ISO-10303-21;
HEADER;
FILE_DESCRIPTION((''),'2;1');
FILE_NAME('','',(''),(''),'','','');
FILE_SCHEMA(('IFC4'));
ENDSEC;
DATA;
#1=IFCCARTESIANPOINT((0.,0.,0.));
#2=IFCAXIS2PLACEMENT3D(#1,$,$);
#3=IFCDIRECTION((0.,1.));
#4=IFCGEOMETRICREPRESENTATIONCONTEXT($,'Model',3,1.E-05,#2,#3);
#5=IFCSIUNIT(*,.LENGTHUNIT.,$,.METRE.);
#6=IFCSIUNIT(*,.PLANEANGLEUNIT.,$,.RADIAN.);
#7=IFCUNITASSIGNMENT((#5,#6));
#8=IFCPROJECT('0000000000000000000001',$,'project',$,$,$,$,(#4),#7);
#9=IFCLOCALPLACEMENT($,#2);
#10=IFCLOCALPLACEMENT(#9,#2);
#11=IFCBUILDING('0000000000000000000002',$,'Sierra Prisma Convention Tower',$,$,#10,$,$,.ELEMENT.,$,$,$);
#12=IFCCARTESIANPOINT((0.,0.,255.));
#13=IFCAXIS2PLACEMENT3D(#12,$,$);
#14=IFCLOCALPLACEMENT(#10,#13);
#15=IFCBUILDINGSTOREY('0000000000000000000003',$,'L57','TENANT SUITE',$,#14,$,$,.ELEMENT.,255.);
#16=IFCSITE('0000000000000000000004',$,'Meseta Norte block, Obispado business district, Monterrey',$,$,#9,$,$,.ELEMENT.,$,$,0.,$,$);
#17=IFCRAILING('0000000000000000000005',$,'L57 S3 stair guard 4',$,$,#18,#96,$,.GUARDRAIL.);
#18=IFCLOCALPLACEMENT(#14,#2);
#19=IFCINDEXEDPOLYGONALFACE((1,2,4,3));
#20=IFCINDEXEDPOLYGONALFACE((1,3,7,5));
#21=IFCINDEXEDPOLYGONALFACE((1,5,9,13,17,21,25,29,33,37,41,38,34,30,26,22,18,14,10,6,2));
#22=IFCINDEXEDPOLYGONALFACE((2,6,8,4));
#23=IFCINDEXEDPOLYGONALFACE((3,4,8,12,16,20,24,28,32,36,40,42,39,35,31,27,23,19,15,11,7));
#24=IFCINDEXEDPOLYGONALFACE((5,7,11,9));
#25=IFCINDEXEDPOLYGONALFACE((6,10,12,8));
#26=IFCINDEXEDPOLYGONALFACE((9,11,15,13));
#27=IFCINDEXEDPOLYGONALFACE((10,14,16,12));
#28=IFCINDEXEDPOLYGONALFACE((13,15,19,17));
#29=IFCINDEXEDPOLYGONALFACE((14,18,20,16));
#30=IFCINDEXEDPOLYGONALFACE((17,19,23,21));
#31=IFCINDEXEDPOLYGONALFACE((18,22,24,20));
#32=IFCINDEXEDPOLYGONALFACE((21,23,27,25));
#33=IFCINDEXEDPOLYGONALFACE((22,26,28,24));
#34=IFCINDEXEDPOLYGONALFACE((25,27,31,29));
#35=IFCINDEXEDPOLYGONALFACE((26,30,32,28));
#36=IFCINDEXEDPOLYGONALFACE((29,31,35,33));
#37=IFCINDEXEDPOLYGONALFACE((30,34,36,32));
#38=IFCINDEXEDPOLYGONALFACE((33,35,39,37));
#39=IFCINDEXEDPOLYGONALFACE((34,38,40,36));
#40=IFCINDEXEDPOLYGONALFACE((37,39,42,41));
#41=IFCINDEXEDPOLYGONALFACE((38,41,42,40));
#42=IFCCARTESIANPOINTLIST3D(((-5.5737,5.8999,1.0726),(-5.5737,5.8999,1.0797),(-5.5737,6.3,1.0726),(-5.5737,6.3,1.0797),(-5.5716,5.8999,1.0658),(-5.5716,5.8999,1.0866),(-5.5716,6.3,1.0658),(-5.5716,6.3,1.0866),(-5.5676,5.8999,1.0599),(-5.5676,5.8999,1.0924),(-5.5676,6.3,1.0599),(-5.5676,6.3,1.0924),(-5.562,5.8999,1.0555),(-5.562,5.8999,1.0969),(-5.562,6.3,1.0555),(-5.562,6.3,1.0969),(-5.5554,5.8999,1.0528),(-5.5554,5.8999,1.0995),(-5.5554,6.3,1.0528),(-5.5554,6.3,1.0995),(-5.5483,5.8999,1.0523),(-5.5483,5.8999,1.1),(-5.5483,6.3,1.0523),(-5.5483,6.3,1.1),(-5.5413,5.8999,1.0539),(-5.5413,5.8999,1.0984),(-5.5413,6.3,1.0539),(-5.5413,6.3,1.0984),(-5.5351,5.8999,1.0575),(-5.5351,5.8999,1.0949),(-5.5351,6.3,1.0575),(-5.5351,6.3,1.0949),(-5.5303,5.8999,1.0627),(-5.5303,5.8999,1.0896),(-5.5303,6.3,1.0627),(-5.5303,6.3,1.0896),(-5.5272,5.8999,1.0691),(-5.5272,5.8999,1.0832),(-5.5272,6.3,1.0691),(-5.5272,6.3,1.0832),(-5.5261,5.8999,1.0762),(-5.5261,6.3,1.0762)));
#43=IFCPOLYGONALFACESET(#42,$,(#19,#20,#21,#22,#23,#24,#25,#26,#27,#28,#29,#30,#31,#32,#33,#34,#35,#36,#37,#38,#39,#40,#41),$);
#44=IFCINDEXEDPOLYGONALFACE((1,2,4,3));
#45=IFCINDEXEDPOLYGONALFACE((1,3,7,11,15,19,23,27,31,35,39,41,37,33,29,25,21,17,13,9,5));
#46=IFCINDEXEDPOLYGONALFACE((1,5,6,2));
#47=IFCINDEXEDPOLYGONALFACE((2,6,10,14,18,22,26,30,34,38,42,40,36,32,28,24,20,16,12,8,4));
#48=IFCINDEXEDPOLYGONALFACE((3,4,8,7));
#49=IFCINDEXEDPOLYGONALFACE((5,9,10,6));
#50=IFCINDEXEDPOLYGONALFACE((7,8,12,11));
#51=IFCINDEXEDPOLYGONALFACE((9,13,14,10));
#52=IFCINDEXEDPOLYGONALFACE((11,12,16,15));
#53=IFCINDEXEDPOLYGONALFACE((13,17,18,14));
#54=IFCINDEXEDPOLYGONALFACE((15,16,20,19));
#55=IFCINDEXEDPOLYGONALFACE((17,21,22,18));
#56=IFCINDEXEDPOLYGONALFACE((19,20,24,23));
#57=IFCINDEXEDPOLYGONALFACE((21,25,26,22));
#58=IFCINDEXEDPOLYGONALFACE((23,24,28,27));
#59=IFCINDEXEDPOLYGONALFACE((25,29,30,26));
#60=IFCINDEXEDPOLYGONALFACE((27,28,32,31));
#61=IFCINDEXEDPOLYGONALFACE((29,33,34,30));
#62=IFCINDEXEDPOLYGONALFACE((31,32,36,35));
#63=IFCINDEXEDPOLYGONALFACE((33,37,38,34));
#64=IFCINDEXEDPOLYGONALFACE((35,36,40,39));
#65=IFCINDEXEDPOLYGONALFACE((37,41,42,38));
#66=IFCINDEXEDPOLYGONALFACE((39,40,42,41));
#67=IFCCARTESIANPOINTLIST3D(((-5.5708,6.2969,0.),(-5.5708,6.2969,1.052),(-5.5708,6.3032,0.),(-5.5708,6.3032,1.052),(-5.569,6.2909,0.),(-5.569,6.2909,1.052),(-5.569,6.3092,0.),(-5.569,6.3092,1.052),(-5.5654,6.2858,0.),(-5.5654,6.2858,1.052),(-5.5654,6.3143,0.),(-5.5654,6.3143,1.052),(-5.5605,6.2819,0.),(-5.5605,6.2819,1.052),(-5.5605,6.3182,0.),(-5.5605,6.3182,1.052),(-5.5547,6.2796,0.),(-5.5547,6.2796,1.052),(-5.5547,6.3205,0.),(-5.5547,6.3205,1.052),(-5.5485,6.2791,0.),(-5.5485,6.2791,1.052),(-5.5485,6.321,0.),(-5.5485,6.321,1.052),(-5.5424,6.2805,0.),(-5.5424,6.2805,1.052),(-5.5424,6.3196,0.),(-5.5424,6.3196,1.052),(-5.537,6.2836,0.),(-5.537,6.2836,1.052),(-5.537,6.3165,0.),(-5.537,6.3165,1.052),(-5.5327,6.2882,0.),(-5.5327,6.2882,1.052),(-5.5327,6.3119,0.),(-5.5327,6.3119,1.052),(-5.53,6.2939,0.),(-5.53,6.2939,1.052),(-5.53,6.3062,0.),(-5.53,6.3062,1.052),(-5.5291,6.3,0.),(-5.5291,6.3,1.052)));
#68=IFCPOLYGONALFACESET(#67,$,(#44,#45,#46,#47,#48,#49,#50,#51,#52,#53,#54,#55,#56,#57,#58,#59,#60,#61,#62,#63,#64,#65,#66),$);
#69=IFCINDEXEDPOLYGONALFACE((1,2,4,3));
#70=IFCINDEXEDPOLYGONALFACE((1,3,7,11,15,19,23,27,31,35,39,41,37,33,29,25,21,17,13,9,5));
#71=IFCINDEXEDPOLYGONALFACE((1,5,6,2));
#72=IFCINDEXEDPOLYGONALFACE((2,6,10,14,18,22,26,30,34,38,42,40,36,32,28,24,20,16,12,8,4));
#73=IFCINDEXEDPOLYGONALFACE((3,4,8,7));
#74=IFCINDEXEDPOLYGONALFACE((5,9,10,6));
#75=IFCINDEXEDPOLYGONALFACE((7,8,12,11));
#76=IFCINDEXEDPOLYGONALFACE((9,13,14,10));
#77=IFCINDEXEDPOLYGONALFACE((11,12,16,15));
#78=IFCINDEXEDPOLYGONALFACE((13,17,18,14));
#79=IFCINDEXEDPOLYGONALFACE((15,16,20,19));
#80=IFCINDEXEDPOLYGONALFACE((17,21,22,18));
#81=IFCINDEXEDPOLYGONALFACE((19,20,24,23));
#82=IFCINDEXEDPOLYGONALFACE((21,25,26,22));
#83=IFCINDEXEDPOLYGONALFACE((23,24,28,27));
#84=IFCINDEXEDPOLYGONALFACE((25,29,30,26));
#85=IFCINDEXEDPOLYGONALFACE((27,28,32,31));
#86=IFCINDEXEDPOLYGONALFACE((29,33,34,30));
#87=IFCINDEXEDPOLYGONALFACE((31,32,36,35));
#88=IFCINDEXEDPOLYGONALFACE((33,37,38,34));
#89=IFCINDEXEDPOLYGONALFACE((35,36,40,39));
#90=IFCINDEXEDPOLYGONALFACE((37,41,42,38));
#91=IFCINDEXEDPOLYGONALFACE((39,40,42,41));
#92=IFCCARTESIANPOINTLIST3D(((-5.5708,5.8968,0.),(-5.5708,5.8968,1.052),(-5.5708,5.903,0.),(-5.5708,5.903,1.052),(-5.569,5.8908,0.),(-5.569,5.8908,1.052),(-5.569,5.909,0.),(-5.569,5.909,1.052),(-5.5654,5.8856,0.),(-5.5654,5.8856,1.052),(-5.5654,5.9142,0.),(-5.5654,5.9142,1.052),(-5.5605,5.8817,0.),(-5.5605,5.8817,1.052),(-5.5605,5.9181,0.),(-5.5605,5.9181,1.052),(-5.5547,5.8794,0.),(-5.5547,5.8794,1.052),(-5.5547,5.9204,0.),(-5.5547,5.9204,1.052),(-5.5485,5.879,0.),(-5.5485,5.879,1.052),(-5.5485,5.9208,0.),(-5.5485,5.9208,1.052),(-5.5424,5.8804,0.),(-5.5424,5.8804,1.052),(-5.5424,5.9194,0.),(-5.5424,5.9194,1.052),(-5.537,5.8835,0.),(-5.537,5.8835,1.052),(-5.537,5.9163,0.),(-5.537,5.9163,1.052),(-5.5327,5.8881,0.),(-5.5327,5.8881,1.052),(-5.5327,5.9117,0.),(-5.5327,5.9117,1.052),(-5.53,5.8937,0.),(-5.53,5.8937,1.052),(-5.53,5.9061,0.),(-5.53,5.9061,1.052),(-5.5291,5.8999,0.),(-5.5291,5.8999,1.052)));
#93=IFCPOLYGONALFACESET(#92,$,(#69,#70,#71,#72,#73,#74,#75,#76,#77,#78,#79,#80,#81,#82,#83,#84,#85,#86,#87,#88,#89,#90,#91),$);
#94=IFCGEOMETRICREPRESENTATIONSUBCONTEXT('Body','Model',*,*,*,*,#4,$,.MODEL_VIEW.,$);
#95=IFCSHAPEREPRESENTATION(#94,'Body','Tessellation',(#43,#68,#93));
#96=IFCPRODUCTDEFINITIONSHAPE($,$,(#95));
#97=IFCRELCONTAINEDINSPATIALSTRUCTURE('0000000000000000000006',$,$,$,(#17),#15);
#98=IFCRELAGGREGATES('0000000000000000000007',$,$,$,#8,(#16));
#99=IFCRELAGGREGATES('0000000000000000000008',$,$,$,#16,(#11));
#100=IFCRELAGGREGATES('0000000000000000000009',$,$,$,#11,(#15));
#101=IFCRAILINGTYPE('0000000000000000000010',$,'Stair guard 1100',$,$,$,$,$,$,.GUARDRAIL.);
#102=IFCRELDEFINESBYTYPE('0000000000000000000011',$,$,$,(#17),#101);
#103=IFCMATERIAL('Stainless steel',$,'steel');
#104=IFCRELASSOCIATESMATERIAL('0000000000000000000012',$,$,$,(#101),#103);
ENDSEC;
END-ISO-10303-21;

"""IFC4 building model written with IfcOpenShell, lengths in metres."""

from ifc_helpers import new_model, si_unit, direction, frame, origin, origin_2d, place, context, subcontext, project, spatial, circle, extrude, material, type_object, element, save


model = new_model("IFC4")

# Units and contexts
model_context = context("Model", 3, precision=1e-05, world=origin(), true_north=direction((0.0, 1.0)))
body_context = subcontext(model_context, "Body", "Model", "MODEL_VIEW")
ifc_project = project(units=[si_unit("LENGTHUNIT", "METRE"), si_unit("PLANEANGLEUNIT", "RADIAN")], contexts=[model_context])

# Site, building, storey
site_placement = place(None, origin())
site = spatial("IfcSite", under=ifc_project, at=site_placement, Name="Meseta Norte block, Obispado business district, Monterrey", CompositionType="ELEMENT", RefElevation=0.0)
building_placement = place(site_placement, origin())
building = spatial("IfcBuilding", under=site, at=building_placement, Name="Sierra Prisma Convention Tower", CompositionType="ELEMENT")
storey_placement = place(building_placement, frame((0.0, 0.0, 255.0)))
storey = spatial("IfcBuildingStorey", under=building, at=storey_placement, Name="L57", Description="TENANT SUITE", CompositionType="ELEMENT", Elevation=255.0)

# Railing
ifc_material_1 = material(Name="Stainless steel", Category="steel")
railing_type_1 = type_object("IfcRailingType", Name="Stair guard 1100", PredefinedType="GUARDRAIL", material=ifc_material_1)
railing_1_placement = place(storey_placement, frame((-5.55, 6.3, 0.0)))
element("IfcRailing", 1, at=railing_1_placement, inside=storey, type_object=railing_type_1, Name="L57 S3 stair guard 4", PredefinedType="GUARDRAIL", context=body_context, shape_type="SweptSolid", body=[
    extrude(circle(Radius=0.0239, at=origin_2d()), frame((0.0, 0.0, 1.0762), z_axis=(0.0, -1.0, 0.0), x_axis=(1.0, 0.0, 0.0)), (0.0, 0.0, 1.0), 0.4001),
    extrude(circle(Radius=0.021, at=origin_2d()), origin(), (0.0, 0.0, 1.0), 1.052),
    extrude(circle(Radius=0.021, at=origin_2d()), frame((0.0, -0.4001, 0.0)), (0.0, 0.0, 1.0), 1.052),
])

save(model, "model.ifc")
